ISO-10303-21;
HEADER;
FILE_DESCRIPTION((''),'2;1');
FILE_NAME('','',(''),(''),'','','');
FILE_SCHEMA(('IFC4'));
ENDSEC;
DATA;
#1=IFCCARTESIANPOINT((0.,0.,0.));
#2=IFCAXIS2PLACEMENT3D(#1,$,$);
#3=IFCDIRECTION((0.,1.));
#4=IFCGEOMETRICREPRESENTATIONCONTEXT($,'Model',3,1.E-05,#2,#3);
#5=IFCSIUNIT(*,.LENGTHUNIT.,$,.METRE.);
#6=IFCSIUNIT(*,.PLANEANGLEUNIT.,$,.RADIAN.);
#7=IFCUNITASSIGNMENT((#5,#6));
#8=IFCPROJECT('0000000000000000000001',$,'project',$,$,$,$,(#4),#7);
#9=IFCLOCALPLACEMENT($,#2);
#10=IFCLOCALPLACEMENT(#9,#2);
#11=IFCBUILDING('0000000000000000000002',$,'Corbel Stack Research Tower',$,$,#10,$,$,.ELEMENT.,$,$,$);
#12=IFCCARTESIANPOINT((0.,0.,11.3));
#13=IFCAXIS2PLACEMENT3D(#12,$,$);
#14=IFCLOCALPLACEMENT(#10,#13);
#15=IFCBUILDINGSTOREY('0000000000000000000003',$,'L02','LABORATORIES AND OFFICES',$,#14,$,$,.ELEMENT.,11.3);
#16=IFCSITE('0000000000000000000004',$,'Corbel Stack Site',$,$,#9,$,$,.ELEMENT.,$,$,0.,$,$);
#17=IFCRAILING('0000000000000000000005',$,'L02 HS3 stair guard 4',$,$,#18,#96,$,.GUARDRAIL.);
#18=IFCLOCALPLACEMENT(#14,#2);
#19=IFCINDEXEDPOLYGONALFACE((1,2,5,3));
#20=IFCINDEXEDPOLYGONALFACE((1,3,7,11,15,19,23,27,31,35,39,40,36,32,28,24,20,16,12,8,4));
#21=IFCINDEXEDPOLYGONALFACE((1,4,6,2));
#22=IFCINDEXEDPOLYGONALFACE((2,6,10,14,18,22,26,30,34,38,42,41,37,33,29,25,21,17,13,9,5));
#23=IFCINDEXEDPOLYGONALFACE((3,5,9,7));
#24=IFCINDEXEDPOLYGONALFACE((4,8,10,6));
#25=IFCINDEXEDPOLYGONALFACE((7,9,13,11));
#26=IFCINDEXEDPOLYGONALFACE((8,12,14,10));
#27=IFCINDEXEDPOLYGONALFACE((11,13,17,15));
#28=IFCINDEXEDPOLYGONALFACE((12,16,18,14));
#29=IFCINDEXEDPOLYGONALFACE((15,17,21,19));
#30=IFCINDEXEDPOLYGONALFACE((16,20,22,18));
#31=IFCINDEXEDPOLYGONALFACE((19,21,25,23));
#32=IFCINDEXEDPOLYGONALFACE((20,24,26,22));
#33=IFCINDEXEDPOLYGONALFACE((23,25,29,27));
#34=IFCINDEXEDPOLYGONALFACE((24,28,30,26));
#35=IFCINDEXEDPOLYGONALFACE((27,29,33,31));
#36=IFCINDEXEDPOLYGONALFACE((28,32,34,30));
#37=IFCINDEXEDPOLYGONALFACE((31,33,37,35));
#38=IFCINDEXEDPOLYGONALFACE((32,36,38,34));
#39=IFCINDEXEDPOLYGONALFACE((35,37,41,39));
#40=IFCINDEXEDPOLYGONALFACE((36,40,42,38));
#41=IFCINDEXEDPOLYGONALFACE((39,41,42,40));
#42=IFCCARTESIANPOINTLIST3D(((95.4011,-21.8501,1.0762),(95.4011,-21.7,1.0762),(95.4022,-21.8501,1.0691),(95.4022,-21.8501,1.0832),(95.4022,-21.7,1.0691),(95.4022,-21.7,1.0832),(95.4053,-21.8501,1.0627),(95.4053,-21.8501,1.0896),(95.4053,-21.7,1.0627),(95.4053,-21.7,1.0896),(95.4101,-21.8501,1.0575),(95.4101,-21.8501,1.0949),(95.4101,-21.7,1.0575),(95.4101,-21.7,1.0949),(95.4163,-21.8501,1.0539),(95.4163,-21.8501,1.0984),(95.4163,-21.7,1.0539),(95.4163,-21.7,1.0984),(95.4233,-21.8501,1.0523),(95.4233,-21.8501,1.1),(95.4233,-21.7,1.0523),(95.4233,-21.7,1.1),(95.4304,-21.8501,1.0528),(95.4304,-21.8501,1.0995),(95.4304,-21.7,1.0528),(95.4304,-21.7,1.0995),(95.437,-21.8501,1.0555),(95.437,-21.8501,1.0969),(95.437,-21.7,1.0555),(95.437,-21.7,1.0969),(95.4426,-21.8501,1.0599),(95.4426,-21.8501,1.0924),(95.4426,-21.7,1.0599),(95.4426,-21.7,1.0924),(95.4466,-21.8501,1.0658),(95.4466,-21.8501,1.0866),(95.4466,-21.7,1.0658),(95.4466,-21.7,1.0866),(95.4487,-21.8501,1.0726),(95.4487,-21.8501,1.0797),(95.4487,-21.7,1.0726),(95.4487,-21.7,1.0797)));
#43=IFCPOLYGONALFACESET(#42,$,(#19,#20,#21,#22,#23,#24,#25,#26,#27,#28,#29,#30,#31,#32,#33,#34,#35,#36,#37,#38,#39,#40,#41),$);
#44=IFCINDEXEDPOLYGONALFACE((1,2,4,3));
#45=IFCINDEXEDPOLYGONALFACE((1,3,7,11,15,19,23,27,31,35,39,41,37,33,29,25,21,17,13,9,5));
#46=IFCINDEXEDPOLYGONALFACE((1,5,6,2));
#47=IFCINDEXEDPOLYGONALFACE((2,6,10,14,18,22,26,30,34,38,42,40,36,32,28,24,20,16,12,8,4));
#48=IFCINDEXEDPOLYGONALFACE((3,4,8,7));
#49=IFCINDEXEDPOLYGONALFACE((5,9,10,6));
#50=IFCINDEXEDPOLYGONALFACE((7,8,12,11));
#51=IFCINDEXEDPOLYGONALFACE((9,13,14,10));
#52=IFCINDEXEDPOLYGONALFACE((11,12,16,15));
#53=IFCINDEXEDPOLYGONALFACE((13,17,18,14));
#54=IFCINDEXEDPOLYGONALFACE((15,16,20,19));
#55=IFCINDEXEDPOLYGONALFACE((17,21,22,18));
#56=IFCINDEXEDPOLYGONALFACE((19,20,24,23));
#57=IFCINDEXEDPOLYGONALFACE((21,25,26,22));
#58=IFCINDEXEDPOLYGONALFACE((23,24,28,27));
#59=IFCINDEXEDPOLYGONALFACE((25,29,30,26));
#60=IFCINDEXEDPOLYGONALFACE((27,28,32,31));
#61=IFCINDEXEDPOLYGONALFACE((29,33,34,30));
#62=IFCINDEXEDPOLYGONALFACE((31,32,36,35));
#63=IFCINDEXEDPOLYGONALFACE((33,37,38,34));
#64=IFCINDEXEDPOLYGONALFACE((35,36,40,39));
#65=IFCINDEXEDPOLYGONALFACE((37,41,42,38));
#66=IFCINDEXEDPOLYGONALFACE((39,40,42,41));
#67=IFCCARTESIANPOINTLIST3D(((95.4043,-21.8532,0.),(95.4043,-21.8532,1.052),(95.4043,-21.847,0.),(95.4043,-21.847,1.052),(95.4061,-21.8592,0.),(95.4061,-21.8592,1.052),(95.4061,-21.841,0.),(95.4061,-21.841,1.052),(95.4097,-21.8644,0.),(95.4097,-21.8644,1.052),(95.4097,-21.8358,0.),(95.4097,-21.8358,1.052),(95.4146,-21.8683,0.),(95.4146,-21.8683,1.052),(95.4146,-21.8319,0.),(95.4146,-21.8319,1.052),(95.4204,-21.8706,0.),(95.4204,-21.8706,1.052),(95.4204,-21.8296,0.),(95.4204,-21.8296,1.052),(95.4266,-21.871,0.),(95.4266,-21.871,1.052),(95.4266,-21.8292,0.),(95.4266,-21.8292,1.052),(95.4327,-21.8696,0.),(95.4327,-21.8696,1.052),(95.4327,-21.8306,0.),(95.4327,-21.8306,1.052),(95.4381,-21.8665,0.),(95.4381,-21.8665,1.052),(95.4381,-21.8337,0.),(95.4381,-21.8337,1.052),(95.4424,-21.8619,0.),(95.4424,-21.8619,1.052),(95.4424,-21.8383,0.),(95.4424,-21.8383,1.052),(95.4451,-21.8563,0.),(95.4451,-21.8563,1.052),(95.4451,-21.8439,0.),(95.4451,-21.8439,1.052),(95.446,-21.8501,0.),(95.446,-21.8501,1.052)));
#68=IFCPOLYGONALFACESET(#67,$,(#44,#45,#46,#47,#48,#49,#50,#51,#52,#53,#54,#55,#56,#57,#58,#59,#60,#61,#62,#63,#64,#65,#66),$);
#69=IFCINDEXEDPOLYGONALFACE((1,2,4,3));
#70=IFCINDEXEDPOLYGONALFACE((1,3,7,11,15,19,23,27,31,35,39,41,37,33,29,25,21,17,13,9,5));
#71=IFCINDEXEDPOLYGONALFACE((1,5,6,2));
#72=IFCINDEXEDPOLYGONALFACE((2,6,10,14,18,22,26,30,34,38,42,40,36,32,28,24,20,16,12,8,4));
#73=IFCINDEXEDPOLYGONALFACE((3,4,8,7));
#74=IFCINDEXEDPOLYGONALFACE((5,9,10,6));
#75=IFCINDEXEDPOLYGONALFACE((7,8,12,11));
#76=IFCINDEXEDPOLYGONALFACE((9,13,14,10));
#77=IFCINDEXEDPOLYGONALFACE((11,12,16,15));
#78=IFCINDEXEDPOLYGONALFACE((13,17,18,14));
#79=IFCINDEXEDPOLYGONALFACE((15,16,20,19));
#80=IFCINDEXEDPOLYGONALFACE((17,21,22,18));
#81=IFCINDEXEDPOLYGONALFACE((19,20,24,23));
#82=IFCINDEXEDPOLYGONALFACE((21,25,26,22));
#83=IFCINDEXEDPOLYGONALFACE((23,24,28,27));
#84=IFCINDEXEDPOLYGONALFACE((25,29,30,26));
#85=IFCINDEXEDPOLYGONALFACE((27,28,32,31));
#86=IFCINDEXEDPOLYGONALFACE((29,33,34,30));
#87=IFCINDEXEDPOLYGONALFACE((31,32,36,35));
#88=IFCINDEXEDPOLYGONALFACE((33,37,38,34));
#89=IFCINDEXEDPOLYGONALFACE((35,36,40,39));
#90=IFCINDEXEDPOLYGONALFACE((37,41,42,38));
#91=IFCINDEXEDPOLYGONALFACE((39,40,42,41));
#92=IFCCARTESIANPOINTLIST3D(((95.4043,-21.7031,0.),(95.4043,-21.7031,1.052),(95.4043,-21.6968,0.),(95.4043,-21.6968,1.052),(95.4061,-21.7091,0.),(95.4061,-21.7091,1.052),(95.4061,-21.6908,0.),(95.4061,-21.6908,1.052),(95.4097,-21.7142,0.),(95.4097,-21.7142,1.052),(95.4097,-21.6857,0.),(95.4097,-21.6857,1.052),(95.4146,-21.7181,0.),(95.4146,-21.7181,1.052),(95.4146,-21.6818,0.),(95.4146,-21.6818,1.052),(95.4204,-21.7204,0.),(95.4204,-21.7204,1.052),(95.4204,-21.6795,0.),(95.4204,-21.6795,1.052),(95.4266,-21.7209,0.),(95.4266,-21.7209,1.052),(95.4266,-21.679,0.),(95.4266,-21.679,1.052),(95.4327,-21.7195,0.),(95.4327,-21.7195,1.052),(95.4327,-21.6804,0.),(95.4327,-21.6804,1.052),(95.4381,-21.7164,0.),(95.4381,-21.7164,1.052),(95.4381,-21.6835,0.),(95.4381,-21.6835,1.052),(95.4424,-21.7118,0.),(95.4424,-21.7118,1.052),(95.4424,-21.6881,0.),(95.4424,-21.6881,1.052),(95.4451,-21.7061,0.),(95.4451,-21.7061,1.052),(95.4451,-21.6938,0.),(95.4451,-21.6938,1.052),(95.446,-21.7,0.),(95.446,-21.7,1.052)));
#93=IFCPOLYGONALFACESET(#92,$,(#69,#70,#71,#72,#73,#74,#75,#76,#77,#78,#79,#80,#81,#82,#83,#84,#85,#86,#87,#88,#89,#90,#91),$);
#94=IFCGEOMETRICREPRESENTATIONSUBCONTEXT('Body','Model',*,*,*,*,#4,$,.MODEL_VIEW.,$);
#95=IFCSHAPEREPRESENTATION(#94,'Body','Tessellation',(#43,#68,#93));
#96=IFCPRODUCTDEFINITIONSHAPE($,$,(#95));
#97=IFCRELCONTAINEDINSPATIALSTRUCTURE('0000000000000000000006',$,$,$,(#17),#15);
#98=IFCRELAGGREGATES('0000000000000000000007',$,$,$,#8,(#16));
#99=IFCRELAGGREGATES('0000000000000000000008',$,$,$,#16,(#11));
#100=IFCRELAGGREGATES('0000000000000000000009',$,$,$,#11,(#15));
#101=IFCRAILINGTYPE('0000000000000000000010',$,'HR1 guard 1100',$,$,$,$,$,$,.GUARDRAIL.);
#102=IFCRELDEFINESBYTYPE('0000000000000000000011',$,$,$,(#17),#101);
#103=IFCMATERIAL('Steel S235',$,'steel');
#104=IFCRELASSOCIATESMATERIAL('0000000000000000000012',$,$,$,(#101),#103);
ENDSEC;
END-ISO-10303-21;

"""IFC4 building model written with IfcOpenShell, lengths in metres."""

from ifc_helpers import new_model, si_unit, direction, frame, origin, origin_2d, place, context, subcontext, project, spatial, circle, extrude, material, type_object, element, save


model = new_model("IFC4")

# Units and contexts
model_context = context("Model", 3, precision=1e-05, world=origin(), true_north=direction((0.0, 1.0)))
body_context = subcontext(model_context, "Body", "Model", "MODEL_VIEW")
ifc_project = project(units=[si_unit("LENGTHUNIT", "METRE"), si_unit("PLANEANGLEUNIT", "RADIAN")], contexts=[model_context])

# Site, building, storey
site_placement = place(None, origin())
site = spatial("IfcSite", under=ifc_project, at=site_placement, Name="Corbel Stack Site", CompositionType="ELEMENT", RefElevation=0.0)
building_placement = place(site_placement, origin())
building = spatial("IfcBuilding", under=site, at=building_placement, Name="Corbel Stack Research Tower", CompositionType="ELEMENT")
storey_placement = place(building_placement, frame((0.0, 0.0, 11.3)))
storey = spatial("IfcBuildingStorey", under=building, at=storey_placement, Name="L02", Description="LABORATORIES AND OFFICES", CompositionType="ELEMENT", Elevation=11.3)

# Railing
ifc_material_1 = material(Name="Steel S235", Category="steel")
railing_type_1 = type_object("IfcRailingType", Name="HR1 guard 1100", PredefinedType="GUARDRAIL", material=ifc_material_1)
railing_1_placement = place(storey_placement, frame((95.425, -21.8501, 0.0)))
element("IfcRailing", 1, at=railing_1_placement, inside=storey, type_object=railing_type_1, Name="L02 HS3 stair guard 4", PredefinedType="GUARDRAIL", context=body_context, shape_type="SweptSolid", body=[
    extrude(circle(Radius=0.0239, at=origin_2d()), frame((0.0, 0.0, 1.0762), z_axis=(0.0, 1.0, 0.0), x_axis=(-1.0, 0.0, 0.0)), (0.0, 0.0, 1.0), 0.1501),
    extrude(circle(Radius=0.021, at=origin_2d()), origin(), (0.0, 0.0, 1.0), 1.052),
    extrude(circle(Radius=0.021, at=origin_2d()), frame((0.0, 0.1501, 0.0)), (0.0, 0.0, 1.0), 1.052),
])

save(model, "model.ifc")
